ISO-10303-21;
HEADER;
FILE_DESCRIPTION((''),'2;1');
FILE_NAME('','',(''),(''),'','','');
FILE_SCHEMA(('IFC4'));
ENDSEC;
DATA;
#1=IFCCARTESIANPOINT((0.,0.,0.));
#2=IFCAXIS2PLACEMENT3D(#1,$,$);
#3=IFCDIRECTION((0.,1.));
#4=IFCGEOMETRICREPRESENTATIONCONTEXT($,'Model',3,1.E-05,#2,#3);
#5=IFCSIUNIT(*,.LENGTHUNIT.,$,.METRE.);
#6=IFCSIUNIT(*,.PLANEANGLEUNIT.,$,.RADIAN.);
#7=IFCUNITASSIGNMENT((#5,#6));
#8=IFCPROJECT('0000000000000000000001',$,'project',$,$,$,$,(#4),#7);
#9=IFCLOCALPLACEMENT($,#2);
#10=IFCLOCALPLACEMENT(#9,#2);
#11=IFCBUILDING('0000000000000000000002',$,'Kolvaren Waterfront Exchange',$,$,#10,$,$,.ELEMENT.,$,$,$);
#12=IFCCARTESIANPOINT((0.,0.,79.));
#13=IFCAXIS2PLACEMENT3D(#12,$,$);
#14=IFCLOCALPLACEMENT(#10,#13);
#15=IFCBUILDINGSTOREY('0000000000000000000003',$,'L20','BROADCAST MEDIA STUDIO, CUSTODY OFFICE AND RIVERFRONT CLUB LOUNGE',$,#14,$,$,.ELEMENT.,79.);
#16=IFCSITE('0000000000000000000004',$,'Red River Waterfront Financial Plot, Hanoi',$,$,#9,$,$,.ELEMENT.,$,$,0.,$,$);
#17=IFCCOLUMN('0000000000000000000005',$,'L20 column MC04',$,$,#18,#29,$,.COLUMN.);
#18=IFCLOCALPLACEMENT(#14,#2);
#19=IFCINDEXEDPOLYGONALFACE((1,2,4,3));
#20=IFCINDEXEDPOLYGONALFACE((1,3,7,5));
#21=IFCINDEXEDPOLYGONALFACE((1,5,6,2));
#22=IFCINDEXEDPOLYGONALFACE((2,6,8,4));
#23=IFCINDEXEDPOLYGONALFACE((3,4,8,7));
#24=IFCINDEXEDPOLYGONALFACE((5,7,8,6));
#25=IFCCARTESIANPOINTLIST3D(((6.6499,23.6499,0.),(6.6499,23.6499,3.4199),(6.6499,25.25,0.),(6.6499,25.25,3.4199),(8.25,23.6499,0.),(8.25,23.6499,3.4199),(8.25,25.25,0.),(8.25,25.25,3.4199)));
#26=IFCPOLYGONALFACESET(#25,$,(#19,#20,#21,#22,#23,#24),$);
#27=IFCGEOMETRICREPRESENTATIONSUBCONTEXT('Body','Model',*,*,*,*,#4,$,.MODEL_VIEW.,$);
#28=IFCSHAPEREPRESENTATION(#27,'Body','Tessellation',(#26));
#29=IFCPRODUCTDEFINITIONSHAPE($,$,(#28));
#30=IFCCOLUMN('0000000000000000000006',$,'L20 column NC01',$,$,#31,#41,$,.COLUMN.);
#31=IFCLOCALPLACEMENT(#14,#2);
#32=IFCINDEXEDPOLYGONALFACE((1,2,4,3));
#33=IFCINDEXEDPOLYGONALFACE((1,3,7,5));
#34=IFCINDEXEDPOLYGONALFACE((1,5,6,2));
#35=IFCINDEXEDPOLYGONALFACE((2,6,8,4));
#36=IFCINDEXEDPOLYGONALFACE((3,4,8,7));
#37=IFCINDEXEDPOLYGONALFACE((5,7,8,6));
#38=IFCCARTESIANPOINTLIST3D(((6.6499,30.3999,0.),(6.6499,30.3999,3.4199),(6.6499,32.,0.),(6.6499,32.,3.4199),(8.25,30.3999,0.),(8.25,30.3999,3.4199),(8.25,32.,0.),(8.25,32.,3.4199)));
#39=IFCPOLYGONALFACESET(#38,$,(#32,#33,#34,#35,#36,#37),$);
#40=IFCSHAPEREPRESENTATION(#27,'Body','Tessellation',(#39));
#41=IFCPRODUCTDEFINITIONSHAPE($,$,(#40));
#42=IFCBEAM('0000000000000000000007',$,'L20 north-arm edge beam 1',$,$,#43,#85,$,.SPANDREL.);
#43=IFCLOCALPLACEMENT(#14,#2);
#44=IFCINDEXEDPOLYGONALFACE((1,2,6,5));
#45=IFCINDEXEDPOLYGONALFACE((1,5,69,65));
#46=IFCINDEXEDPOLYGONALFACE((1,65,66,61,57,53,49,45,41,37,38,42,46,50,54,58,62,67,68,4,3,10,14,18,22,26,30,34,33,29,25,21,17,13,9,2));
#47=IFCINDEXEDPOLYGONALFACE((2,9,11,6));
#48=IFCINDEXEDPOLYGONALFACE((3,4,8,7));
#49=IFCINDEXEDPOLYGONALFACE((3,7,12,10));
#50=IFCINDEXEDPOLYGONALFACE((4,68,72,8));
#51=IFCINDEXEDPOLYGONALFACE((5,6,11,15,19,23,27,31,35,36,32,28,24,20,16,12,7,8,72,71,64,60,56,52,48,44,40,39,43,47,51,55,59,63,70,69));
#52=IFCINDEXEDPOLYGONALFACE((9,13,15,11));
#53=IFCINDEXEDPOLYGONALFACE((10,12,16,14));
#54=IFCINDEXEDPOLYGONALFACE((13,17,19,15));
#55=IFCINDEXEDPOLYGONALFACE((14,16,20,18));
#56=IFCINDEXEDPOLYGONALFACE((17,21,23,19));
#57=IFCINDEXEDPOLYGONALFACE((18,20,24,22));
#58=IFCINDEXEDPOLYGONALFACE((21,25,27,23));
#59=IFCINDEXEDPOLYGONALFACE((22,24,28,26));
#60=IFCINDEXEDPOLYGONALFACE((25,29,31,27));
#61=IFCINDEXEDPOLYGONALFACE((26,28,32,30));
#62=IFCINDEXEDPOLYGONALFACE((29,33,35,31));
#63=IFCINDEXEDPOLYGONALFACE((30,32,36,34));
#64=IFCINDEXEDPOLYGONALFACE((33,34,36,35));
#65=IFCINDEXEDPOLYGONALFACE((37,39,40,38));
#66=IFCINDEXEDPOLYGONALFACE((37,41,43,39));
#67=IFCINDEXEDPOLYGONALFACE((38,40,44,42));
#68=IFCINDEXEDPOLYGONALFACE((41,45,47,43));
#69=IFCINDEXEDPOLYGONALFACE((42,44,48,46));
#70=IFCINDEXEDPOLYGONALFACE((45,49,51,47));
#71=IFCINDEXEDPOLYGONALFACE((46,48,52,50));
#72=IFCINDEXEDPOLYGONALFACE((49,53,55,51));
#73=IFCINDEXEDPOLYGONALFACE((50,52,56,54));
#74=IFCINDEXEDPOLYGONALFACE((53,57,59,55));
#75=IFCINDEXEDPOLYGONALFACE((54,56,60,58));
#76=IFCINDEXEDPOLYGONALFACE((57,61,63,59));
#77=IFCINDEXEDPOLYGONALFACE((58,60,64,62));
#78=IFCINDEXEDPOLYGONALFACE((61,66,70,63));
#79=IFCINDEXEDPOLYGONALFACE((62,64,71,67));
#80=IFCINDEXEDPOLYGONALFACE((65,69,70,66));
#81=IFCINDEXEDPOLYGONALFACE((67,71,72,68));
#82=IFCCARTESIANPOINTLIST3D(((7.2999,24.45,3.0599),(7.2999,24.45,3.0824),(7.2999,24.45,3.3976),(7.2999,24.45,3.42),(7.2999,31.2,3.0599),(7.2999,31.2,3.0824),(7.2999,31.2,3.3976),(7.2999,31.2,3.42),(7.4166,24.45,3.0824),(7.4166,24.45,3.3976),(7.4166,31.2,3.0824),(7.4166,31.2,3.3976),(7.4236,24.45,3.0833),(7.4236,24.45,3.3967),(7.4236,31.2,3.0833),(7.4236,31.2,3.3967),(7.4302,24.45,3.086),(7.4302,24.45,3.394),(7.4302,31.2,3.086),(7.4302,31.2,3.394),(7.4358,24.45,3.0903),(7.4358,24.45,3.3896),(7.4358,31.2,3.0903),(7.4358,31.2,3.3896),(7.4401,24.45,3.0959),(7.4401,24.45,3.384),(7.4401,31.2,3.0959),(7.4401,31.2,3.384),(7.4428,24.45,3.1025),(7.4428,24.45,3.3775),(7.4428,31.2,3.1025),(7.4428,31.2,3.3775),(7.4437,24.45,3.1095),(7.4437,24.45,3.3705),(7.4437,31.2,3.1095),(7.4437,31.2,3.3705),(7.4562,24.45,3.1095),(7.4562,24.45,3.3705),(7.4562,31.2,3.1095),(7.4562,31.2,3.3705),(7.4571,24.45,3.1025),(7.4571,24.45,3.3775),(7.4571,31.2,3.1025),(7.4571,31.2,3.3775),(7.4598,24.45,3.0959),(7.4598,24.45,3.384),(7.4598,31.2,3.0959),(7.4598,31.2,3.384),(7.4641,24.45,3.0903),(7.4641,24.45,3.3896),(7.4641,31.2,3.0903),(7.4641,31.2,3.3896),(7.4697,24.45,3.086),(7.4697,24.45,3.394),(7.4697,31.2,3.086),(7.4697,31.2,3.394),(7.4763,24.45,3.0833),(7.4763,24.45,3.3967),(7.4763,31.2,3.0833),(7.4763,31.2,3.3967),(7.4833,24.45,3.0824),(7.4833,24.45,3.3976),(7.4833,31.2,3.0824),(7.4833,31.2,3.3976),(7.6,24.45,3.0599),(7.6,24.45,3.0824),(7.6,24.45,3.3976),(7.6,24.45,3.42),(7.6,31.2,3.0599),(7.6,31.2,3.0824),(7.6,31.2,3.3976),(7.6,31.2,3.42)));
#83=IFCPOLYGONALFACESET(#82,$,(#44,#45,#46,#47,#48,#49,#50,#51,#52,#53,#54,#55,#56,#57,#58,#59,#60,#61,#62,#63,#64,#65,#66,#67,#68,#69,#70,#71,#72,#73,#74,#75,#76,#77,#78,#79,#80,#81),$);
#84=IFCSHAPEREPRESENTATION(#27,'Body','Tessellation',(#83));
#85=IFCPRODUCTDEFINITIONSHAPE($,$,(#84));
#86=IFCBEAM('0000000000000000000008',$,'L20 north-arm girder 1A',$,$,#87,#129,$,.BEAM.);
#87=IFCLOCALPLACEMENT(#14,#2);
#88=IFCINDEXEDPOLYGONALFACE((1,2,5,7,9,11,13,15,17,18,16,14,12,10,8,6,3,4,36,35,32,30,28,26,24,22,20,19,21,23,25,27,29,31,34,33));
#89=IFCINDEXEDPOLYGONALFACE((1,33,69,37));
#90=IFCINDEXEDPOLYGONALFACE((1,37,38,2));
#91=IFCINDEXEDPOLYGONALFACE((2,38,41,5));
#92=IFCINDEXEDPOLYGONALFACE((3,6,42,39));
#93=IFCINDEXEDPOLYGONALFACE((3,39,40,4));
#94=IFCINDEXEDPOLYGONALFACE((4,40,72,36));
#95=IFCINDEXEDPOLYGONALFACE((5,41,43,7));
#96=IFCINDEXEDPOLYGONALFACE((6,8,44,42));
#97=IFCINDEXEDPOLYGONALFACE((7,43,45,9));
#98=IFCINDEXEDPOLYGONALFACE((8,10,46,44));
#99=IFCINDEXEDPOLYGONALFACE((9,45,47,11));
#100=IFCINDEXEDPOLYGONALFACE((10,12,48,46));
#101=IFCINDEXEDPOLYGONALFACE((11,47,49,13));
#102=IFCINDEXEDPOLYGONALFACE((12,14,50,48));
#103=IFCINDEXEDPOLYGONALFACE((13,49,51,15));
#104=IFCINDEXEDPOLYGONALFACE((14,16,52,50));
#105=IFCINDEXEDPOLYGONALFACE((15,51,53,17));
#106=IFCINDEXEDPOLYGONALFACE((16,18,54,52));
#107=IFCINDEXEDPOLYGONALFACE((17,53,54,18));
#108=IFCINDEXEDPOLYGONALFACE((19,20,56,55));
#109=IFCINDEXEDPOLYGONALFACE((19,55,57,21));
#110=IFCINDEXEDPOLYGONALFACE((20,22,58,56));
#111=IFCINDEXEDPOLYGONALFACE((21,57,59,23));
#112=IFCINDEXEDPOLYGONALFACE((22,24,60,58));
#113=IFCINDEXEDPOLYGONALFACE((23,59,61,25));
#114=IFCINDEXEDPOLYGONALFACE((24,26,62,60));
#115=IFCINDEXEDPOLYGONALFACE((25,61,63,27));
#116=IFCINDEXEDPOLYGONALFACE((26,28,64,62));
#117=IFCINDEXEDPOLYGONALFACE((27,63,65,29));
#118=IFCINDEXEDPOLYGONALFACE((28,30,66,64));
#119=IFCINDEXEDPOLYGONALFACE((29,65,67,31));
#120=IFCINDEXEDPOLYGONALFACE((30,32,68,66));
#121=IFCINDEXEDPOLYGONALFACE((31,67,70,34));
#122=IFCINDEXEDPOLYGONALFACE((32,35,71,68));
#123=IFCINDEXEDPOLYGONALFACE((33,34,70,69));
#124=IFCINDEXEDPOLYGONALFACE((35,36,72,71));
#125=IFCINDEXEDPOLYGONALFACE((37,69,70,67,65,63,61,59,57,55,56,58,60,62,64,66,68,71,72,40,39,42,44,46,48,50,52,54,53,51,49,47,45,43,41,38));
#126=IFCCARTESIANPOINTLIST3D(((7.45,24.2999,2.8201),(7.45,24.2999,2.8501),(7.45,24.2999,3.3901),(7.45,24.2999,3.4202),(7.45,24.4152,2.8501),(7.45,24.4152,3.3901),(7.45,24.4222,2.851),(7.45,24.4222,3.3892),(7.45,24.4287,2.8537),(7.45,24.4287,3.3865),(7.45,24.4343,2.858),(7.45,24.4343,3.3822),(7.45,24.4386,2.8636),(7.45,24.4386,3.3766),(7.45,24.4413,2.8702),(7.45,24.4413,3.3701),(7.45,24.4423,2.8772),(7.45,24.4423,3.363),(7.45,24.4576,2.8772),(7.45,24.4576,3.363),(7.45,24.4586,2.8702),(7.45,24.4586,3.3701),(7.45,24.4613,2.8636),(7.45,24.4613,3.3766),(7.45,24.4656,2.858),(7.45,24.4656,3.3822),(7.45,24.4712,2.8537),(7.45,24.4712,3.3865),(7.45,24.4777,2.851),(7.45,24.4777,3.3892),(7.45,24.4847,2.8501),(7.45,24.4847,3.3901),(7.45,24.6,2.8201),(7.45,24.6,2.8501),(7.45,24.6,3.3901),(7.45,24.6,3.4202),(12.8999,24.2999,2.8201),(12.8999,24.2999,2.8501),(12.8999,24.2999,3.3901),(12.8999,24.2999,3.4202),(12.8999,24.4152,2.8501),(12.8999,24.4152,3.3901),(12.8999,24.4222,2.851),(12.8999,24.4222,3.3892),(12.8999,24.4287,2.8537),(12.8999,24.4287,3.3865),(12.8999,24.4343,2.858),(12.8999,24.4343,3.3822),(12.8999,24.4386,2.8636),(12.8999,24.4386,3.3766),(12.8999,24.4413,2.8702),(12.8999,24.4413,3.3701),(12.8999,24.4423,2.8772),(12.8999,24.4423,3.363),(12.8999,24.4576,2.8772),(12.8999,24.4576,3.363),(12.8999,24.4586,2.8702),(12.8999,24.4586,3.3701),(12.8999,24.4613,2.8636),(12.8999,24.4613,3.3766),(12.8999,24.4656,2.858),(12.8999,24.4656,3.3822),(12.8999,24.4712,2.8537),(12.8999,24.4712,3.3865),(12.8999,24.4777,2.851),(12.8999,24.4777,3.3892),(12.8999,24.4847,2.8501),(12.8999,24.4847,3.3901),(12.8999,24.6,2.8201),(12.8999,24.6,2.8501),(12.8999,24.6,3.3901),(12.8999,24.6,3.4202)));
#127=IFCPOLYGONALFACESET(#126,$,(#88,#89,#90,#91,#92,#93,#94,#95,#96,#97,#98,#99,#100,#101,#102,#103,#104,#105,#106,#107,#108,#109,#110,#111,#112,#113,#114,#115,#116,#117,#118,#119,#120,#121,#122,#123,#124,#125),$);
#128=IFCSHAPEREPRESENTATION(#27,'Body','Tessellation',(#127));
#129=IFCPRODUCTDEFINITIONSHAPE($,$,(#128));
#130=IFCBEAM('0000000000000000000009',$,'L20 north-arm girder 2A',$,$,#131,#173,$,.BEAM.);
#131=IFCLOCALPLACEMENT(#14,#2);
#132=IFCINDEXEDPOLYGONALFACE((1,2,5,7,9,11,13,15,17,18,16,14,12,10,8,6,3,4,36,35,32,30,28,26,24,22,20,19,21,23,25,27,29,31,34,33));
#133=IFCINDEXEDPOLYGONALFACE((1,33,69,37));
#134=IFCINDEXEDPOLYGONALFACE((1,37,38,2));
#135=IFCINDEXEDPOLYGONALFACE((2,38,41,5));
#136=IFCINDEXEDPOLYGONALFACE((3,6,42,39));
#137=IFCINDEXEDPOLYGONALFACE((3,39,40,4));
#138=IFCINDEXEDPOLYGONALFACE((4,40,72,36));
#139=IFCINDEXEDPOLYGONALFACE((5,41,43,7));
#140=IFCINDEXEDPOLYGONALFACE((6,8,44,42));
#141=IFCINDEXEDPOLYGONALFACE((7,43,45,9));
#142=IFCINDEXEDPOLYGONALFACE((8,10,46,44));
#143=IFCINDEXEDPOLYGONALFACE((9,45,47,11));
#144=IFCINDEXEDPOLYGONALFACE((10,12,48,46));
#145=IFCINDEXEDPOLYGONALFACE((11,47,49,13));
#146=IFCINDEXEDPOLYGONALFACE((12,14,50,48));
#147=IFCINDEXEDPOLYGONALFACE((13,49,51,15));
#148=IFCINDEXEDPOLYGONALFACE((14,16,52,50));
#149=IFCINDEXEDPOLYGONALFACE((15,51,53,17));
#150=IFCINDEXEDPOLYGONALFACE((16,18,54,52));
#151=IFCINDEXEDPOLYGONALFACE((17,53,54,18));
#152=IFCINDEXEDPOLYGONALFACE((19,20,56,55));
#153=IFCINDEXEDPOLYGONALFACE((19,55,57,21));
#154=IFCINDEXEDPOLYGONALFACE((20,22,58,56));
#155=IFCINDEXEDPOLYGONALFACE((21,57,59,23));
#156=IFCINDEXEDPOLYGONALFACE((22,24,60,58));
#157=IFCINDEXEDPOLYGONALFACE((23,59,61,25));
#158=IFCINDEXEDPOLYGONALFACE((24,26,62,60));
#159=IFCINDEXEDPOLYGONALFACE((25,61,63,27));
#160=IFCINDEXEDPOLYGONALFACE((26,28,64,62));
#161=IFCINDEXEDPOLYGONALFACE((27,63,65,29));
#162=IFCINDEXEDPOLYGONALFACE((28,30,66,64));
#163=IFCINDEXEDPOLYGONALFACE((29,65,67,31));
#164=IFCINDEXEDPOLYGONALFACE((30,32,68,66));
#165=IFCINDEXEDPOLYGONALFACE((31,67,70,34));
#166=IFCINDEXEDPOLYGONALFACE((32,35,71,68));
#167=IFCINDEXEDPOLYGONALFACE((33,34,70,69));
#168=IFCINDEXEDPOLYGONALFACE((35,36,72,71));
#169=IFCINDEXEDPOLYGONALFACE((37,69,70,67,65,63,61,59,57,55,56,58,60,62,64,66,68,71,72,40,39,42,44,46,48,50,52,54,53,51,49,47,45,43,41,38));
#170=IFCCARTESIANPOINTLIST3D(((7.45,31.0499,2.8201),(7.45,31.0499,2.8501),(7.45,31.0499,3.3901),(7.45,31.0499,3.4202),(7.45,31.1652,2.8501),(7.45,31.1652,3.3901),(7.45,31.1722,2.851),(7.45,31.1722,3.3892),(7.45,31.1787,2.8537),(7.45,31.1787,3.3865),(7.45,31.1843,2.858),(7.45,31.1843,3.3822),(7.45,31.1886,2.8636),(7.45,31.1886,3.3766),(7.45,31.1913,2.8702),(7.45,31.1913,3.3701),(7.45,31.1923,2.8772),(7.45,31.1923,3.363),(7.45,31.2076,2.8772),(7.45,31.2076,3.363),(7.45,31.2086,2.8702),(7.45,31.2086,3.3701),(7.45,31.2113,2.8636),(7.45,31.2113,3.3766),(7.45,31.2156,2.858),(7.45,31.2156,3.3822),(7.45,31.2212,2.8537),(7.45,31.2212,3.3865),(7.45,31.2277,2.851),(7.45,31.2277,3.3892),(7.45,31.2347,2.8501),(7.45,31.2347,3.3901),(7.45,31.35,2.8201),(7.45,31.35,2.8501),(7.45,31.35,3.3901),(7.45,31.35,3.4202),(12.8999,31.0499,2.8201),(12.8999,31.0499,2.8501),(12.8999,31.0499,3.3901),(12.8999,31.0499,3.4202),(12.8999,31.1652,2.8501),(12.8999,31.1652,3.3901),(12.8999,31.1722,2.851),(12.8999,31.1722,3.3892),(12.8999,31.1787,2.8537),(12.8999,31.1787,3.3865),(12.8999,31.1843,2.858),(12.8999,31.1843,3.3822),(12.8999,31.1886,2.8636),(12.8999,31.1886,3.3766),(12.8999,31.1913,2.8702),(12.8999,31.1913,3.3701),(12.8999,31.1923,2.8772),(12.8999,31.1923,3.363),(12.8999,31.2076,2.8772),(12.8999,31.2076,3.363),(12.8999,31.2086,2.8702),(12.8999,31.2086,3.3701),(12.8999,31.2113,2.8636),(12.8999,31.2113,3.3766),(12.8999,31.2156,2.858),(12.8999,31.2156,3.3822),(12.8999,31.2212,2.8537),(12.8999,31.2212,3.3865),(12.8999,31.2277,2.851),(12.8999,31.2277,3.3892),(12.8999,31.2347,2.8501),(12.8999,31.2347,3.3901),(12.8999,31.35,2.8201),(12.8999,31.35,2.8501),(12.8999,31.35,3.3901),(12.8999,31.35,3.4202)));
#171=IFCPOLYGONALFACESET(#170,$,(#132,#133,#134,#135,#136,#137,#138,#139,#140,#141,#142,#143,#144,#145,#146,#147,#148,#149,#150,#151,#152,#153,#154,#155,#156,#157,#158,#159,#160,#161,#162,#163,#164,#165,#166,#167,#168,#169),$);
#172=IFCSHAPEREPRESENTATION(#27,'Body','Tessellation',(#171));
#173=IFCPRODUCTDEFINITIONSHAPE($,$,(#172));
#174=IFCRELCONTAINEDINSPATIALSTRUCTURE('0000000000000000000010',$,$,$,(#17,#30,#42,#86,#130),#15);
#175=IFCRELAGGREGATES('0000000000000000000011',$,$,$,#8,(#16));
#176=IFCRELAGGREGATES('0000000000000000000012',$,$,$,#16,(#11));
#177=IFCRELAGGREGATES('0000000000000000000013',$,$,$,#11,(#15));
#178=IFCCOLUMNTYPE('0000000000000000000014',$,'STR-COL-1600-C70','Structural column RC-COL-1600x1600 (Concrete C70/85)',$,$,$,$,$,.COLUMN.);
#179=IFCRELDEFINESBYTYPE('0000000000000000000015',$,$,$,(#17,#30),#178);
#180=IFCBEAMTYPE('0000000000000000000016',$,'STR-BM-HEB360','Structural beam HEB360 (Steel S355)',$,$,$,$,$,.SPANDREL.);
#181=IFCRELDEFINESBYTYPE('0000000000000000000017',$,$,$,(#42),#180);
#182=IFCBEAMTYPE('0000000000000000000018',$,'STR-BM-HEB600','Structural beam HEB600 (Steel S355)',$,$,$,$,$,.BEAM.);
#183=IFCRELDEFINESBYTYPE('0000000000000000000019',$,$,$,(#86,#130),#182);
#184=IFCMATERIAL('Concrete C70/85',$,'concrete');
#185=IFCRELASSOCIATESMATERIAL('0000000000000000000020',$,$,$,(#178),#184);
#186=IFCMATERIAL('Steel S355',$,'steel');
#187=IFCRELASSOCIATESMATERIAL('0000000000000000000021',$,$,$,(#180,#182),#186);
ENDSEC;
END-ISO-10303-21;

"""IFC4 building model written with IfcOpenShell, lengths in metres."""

from ifc_helpers import new_model, si_unit, direction, frame, origin, origin_2d, place, context, subcontext, project, spatial, rectangle, i_section, extrude, material, material_profile, profile_set, type_object, element, save


model = new_model("IFC4")

# Units and contexts
model_context = context("Model", 3, precision=1e-05, world=origin(), true_north=direction((0.0, 1.0)))
body_context = subcontext(model_context, "Body", "Model", "MODEL_VIEW")
ifc_project = project(units=[si_unit("LENGTHUNIT", "METRE"), si_unit("PLANEANGLEUNIT", "RADIAN")], contexts=[model_context])

# Site, building, storey
site_placement = place(None, origin())
site = spatial("IfcSite", under=ifc_project, at=site_placement, Name="Red River Waterfront Financial Plot, Hanoi", CompositionType="ELEMENT", RefElevation=0.0)
building_placement = place(site_placement, origin())
building = spatial("IfcBuilding", under=site, at=building_placement, Name="Kolvaren Waterfront Exchange", CompositionType="ELEMENT")
storey_placement = place(building_placement, frame((0.0, 0.0, 79.0)))
storey = spatial("IfcBuildingStorey", under=building, at=storey_placement, Name="L20", Description="BROADCAST MEDIA STUDIO, CUSTODY OFFICE AND RIVERFRONT CLUB LOUNGE", CompositionType="ELEMENT", Elevation=79.0)

# Columns
ifc_material_1 = material(Name="Concrete C70/85", Category="concrete")
ifc_material_profile_1 = material_profile(ifc_material_1, rectangle(XDim=1.6001, YDim=1.6001, at=origin_2d()), Name="RC-COL-1600x1600")
ifc_profile_set_1 = profile_set([ifc_material_profile_1], Name="Concrete C70/85")
column_type = type_object("IfcColumnType", Name="STR-COL-1600-C70", Description="Structural column RC-COL-1600x1600 (Concrete C70/85)", PredefinedType="COLUMN", material=ifc_profile_set_1)
for number, where, z_axis, x_axis, name in (
    (1, (7.45, 24.45, 0.0), (0.0, 0.0, 1.0), (1.0, 0.0, 0.0), "L20 column MC04"),
    (2, (7.45, 31.2, 0.0), (0.0, 0.0, 1.0), (1.0, 0.0, 0.0), "L20 column NC01"),
):
    element("IfcColumn", number, at=place(storey_placement, frame(where, z_axis=z_axis, x_axis=x_axis)), inside=storey, type_object=column_type, Name=name, PredefinedType="COLUMN", context=body_context, shape_type="SweptSolid", body=[
        extrude(rectangle(XDim=1.6001, YDim=1.6001, at=origin_2d()), origin(), (0.0, 0.0, 1.0), 3.4199),
    ])

# Beams
ifc_material_2 = material(Name="Steel S355", Category="steel")
ifc_material_profile_2 = material_profile(ifc_material_2, i_section(OverallWidth=0.3, OverallDepth=0.3601, WebThickness=0.0125, FlangeThickness=0.0225, FilletRadius=0.0271, at=origin_2d()), Name="HEB360")
ifc_profile_set_2 = profile_set([ifc_material_profile_2], Name="Steel S355")
beam_type_1 = type_object("IfcBeamType", Name="STR-BM-HEB360", Description="Structural beam HEB360 (Steel S355)", PredefinedType="SPANDREL", material=ifc_profile_set_2)
beam_1_placement = place(storey_placement, frame((7.45, 24.45, 3.24), z_axis=(0.0, 1.0, 0.0), x_axis=(-1.0, 0.0, 0.0)))
element("IfcBeam", 3, at=beam_1_placement, inside=storey, type_object=beam_type_1, Name="L20 north-arm edge beam 1", PredefinedType="SPANDREL", context=body_context, shape_type="SweptSolid", body=[
    extrude(i_section(OverallWidth=0.3, OverallDepth=0.3601, WebThickness=0.0125, FlangeThickness=0.0225, FilletRadius=0.0271, at=origin_2d()), origin(), (0.0, 0.0, 1.0), 6.75),
])
ifc_material_profile_3 = material_profile(ifc_material_2, i_section(OverallWidth=0.3, OverallDepth=0.6001, WebThickness=0.0154, FlangeThickness=0.03, FilletRadius=0.0271, at=origin_2d()), Name="HEB600")
ifc_profile_set_3 = profile_set([ifc_material_profile_3], Name="Steel S355")
beam_type_2 = type_object("IfcBeamType", Name="STR-BM-HEB600", Description="Structural beam HEB600 (Steel S355)", PredefinedType="BEAM", material=ifc_profile_set_3)
for number, where, z_axis, x_axis, name in (
    (4, (7.45, 24.45, 3.1201), (1.0, 0.0, 0.0), (0.0, 1.0, 0.0), "L20 north-arm girder 1A"),
    (5, (7.45, 31.2, 3.1201), (1.0, 0.0, 0.0), (0.0, 1.0, 0.0), "L20 north-arm girder 2A"),
):
    element("IfcBeam", number, at=place(storey_placement, frame(where, z_axis=z_axis, x_axis=x_axis)), inside=storey, type_object=beam_type_2, Name=name, PredefinedType="BEAM", context=body_context, shape_type="SweptSolid", body=[
        extrude(i_section(OverallWidth=0.3, OverallDepth=0.6001, WebThickness=0.0154, FlangeThickness=0.03, FilletRadius=0.0271, at=origin_2d()), origin(), (0.0, 0.0, 1.0), 5.45),
    ])

save(model, "model.ifc")
